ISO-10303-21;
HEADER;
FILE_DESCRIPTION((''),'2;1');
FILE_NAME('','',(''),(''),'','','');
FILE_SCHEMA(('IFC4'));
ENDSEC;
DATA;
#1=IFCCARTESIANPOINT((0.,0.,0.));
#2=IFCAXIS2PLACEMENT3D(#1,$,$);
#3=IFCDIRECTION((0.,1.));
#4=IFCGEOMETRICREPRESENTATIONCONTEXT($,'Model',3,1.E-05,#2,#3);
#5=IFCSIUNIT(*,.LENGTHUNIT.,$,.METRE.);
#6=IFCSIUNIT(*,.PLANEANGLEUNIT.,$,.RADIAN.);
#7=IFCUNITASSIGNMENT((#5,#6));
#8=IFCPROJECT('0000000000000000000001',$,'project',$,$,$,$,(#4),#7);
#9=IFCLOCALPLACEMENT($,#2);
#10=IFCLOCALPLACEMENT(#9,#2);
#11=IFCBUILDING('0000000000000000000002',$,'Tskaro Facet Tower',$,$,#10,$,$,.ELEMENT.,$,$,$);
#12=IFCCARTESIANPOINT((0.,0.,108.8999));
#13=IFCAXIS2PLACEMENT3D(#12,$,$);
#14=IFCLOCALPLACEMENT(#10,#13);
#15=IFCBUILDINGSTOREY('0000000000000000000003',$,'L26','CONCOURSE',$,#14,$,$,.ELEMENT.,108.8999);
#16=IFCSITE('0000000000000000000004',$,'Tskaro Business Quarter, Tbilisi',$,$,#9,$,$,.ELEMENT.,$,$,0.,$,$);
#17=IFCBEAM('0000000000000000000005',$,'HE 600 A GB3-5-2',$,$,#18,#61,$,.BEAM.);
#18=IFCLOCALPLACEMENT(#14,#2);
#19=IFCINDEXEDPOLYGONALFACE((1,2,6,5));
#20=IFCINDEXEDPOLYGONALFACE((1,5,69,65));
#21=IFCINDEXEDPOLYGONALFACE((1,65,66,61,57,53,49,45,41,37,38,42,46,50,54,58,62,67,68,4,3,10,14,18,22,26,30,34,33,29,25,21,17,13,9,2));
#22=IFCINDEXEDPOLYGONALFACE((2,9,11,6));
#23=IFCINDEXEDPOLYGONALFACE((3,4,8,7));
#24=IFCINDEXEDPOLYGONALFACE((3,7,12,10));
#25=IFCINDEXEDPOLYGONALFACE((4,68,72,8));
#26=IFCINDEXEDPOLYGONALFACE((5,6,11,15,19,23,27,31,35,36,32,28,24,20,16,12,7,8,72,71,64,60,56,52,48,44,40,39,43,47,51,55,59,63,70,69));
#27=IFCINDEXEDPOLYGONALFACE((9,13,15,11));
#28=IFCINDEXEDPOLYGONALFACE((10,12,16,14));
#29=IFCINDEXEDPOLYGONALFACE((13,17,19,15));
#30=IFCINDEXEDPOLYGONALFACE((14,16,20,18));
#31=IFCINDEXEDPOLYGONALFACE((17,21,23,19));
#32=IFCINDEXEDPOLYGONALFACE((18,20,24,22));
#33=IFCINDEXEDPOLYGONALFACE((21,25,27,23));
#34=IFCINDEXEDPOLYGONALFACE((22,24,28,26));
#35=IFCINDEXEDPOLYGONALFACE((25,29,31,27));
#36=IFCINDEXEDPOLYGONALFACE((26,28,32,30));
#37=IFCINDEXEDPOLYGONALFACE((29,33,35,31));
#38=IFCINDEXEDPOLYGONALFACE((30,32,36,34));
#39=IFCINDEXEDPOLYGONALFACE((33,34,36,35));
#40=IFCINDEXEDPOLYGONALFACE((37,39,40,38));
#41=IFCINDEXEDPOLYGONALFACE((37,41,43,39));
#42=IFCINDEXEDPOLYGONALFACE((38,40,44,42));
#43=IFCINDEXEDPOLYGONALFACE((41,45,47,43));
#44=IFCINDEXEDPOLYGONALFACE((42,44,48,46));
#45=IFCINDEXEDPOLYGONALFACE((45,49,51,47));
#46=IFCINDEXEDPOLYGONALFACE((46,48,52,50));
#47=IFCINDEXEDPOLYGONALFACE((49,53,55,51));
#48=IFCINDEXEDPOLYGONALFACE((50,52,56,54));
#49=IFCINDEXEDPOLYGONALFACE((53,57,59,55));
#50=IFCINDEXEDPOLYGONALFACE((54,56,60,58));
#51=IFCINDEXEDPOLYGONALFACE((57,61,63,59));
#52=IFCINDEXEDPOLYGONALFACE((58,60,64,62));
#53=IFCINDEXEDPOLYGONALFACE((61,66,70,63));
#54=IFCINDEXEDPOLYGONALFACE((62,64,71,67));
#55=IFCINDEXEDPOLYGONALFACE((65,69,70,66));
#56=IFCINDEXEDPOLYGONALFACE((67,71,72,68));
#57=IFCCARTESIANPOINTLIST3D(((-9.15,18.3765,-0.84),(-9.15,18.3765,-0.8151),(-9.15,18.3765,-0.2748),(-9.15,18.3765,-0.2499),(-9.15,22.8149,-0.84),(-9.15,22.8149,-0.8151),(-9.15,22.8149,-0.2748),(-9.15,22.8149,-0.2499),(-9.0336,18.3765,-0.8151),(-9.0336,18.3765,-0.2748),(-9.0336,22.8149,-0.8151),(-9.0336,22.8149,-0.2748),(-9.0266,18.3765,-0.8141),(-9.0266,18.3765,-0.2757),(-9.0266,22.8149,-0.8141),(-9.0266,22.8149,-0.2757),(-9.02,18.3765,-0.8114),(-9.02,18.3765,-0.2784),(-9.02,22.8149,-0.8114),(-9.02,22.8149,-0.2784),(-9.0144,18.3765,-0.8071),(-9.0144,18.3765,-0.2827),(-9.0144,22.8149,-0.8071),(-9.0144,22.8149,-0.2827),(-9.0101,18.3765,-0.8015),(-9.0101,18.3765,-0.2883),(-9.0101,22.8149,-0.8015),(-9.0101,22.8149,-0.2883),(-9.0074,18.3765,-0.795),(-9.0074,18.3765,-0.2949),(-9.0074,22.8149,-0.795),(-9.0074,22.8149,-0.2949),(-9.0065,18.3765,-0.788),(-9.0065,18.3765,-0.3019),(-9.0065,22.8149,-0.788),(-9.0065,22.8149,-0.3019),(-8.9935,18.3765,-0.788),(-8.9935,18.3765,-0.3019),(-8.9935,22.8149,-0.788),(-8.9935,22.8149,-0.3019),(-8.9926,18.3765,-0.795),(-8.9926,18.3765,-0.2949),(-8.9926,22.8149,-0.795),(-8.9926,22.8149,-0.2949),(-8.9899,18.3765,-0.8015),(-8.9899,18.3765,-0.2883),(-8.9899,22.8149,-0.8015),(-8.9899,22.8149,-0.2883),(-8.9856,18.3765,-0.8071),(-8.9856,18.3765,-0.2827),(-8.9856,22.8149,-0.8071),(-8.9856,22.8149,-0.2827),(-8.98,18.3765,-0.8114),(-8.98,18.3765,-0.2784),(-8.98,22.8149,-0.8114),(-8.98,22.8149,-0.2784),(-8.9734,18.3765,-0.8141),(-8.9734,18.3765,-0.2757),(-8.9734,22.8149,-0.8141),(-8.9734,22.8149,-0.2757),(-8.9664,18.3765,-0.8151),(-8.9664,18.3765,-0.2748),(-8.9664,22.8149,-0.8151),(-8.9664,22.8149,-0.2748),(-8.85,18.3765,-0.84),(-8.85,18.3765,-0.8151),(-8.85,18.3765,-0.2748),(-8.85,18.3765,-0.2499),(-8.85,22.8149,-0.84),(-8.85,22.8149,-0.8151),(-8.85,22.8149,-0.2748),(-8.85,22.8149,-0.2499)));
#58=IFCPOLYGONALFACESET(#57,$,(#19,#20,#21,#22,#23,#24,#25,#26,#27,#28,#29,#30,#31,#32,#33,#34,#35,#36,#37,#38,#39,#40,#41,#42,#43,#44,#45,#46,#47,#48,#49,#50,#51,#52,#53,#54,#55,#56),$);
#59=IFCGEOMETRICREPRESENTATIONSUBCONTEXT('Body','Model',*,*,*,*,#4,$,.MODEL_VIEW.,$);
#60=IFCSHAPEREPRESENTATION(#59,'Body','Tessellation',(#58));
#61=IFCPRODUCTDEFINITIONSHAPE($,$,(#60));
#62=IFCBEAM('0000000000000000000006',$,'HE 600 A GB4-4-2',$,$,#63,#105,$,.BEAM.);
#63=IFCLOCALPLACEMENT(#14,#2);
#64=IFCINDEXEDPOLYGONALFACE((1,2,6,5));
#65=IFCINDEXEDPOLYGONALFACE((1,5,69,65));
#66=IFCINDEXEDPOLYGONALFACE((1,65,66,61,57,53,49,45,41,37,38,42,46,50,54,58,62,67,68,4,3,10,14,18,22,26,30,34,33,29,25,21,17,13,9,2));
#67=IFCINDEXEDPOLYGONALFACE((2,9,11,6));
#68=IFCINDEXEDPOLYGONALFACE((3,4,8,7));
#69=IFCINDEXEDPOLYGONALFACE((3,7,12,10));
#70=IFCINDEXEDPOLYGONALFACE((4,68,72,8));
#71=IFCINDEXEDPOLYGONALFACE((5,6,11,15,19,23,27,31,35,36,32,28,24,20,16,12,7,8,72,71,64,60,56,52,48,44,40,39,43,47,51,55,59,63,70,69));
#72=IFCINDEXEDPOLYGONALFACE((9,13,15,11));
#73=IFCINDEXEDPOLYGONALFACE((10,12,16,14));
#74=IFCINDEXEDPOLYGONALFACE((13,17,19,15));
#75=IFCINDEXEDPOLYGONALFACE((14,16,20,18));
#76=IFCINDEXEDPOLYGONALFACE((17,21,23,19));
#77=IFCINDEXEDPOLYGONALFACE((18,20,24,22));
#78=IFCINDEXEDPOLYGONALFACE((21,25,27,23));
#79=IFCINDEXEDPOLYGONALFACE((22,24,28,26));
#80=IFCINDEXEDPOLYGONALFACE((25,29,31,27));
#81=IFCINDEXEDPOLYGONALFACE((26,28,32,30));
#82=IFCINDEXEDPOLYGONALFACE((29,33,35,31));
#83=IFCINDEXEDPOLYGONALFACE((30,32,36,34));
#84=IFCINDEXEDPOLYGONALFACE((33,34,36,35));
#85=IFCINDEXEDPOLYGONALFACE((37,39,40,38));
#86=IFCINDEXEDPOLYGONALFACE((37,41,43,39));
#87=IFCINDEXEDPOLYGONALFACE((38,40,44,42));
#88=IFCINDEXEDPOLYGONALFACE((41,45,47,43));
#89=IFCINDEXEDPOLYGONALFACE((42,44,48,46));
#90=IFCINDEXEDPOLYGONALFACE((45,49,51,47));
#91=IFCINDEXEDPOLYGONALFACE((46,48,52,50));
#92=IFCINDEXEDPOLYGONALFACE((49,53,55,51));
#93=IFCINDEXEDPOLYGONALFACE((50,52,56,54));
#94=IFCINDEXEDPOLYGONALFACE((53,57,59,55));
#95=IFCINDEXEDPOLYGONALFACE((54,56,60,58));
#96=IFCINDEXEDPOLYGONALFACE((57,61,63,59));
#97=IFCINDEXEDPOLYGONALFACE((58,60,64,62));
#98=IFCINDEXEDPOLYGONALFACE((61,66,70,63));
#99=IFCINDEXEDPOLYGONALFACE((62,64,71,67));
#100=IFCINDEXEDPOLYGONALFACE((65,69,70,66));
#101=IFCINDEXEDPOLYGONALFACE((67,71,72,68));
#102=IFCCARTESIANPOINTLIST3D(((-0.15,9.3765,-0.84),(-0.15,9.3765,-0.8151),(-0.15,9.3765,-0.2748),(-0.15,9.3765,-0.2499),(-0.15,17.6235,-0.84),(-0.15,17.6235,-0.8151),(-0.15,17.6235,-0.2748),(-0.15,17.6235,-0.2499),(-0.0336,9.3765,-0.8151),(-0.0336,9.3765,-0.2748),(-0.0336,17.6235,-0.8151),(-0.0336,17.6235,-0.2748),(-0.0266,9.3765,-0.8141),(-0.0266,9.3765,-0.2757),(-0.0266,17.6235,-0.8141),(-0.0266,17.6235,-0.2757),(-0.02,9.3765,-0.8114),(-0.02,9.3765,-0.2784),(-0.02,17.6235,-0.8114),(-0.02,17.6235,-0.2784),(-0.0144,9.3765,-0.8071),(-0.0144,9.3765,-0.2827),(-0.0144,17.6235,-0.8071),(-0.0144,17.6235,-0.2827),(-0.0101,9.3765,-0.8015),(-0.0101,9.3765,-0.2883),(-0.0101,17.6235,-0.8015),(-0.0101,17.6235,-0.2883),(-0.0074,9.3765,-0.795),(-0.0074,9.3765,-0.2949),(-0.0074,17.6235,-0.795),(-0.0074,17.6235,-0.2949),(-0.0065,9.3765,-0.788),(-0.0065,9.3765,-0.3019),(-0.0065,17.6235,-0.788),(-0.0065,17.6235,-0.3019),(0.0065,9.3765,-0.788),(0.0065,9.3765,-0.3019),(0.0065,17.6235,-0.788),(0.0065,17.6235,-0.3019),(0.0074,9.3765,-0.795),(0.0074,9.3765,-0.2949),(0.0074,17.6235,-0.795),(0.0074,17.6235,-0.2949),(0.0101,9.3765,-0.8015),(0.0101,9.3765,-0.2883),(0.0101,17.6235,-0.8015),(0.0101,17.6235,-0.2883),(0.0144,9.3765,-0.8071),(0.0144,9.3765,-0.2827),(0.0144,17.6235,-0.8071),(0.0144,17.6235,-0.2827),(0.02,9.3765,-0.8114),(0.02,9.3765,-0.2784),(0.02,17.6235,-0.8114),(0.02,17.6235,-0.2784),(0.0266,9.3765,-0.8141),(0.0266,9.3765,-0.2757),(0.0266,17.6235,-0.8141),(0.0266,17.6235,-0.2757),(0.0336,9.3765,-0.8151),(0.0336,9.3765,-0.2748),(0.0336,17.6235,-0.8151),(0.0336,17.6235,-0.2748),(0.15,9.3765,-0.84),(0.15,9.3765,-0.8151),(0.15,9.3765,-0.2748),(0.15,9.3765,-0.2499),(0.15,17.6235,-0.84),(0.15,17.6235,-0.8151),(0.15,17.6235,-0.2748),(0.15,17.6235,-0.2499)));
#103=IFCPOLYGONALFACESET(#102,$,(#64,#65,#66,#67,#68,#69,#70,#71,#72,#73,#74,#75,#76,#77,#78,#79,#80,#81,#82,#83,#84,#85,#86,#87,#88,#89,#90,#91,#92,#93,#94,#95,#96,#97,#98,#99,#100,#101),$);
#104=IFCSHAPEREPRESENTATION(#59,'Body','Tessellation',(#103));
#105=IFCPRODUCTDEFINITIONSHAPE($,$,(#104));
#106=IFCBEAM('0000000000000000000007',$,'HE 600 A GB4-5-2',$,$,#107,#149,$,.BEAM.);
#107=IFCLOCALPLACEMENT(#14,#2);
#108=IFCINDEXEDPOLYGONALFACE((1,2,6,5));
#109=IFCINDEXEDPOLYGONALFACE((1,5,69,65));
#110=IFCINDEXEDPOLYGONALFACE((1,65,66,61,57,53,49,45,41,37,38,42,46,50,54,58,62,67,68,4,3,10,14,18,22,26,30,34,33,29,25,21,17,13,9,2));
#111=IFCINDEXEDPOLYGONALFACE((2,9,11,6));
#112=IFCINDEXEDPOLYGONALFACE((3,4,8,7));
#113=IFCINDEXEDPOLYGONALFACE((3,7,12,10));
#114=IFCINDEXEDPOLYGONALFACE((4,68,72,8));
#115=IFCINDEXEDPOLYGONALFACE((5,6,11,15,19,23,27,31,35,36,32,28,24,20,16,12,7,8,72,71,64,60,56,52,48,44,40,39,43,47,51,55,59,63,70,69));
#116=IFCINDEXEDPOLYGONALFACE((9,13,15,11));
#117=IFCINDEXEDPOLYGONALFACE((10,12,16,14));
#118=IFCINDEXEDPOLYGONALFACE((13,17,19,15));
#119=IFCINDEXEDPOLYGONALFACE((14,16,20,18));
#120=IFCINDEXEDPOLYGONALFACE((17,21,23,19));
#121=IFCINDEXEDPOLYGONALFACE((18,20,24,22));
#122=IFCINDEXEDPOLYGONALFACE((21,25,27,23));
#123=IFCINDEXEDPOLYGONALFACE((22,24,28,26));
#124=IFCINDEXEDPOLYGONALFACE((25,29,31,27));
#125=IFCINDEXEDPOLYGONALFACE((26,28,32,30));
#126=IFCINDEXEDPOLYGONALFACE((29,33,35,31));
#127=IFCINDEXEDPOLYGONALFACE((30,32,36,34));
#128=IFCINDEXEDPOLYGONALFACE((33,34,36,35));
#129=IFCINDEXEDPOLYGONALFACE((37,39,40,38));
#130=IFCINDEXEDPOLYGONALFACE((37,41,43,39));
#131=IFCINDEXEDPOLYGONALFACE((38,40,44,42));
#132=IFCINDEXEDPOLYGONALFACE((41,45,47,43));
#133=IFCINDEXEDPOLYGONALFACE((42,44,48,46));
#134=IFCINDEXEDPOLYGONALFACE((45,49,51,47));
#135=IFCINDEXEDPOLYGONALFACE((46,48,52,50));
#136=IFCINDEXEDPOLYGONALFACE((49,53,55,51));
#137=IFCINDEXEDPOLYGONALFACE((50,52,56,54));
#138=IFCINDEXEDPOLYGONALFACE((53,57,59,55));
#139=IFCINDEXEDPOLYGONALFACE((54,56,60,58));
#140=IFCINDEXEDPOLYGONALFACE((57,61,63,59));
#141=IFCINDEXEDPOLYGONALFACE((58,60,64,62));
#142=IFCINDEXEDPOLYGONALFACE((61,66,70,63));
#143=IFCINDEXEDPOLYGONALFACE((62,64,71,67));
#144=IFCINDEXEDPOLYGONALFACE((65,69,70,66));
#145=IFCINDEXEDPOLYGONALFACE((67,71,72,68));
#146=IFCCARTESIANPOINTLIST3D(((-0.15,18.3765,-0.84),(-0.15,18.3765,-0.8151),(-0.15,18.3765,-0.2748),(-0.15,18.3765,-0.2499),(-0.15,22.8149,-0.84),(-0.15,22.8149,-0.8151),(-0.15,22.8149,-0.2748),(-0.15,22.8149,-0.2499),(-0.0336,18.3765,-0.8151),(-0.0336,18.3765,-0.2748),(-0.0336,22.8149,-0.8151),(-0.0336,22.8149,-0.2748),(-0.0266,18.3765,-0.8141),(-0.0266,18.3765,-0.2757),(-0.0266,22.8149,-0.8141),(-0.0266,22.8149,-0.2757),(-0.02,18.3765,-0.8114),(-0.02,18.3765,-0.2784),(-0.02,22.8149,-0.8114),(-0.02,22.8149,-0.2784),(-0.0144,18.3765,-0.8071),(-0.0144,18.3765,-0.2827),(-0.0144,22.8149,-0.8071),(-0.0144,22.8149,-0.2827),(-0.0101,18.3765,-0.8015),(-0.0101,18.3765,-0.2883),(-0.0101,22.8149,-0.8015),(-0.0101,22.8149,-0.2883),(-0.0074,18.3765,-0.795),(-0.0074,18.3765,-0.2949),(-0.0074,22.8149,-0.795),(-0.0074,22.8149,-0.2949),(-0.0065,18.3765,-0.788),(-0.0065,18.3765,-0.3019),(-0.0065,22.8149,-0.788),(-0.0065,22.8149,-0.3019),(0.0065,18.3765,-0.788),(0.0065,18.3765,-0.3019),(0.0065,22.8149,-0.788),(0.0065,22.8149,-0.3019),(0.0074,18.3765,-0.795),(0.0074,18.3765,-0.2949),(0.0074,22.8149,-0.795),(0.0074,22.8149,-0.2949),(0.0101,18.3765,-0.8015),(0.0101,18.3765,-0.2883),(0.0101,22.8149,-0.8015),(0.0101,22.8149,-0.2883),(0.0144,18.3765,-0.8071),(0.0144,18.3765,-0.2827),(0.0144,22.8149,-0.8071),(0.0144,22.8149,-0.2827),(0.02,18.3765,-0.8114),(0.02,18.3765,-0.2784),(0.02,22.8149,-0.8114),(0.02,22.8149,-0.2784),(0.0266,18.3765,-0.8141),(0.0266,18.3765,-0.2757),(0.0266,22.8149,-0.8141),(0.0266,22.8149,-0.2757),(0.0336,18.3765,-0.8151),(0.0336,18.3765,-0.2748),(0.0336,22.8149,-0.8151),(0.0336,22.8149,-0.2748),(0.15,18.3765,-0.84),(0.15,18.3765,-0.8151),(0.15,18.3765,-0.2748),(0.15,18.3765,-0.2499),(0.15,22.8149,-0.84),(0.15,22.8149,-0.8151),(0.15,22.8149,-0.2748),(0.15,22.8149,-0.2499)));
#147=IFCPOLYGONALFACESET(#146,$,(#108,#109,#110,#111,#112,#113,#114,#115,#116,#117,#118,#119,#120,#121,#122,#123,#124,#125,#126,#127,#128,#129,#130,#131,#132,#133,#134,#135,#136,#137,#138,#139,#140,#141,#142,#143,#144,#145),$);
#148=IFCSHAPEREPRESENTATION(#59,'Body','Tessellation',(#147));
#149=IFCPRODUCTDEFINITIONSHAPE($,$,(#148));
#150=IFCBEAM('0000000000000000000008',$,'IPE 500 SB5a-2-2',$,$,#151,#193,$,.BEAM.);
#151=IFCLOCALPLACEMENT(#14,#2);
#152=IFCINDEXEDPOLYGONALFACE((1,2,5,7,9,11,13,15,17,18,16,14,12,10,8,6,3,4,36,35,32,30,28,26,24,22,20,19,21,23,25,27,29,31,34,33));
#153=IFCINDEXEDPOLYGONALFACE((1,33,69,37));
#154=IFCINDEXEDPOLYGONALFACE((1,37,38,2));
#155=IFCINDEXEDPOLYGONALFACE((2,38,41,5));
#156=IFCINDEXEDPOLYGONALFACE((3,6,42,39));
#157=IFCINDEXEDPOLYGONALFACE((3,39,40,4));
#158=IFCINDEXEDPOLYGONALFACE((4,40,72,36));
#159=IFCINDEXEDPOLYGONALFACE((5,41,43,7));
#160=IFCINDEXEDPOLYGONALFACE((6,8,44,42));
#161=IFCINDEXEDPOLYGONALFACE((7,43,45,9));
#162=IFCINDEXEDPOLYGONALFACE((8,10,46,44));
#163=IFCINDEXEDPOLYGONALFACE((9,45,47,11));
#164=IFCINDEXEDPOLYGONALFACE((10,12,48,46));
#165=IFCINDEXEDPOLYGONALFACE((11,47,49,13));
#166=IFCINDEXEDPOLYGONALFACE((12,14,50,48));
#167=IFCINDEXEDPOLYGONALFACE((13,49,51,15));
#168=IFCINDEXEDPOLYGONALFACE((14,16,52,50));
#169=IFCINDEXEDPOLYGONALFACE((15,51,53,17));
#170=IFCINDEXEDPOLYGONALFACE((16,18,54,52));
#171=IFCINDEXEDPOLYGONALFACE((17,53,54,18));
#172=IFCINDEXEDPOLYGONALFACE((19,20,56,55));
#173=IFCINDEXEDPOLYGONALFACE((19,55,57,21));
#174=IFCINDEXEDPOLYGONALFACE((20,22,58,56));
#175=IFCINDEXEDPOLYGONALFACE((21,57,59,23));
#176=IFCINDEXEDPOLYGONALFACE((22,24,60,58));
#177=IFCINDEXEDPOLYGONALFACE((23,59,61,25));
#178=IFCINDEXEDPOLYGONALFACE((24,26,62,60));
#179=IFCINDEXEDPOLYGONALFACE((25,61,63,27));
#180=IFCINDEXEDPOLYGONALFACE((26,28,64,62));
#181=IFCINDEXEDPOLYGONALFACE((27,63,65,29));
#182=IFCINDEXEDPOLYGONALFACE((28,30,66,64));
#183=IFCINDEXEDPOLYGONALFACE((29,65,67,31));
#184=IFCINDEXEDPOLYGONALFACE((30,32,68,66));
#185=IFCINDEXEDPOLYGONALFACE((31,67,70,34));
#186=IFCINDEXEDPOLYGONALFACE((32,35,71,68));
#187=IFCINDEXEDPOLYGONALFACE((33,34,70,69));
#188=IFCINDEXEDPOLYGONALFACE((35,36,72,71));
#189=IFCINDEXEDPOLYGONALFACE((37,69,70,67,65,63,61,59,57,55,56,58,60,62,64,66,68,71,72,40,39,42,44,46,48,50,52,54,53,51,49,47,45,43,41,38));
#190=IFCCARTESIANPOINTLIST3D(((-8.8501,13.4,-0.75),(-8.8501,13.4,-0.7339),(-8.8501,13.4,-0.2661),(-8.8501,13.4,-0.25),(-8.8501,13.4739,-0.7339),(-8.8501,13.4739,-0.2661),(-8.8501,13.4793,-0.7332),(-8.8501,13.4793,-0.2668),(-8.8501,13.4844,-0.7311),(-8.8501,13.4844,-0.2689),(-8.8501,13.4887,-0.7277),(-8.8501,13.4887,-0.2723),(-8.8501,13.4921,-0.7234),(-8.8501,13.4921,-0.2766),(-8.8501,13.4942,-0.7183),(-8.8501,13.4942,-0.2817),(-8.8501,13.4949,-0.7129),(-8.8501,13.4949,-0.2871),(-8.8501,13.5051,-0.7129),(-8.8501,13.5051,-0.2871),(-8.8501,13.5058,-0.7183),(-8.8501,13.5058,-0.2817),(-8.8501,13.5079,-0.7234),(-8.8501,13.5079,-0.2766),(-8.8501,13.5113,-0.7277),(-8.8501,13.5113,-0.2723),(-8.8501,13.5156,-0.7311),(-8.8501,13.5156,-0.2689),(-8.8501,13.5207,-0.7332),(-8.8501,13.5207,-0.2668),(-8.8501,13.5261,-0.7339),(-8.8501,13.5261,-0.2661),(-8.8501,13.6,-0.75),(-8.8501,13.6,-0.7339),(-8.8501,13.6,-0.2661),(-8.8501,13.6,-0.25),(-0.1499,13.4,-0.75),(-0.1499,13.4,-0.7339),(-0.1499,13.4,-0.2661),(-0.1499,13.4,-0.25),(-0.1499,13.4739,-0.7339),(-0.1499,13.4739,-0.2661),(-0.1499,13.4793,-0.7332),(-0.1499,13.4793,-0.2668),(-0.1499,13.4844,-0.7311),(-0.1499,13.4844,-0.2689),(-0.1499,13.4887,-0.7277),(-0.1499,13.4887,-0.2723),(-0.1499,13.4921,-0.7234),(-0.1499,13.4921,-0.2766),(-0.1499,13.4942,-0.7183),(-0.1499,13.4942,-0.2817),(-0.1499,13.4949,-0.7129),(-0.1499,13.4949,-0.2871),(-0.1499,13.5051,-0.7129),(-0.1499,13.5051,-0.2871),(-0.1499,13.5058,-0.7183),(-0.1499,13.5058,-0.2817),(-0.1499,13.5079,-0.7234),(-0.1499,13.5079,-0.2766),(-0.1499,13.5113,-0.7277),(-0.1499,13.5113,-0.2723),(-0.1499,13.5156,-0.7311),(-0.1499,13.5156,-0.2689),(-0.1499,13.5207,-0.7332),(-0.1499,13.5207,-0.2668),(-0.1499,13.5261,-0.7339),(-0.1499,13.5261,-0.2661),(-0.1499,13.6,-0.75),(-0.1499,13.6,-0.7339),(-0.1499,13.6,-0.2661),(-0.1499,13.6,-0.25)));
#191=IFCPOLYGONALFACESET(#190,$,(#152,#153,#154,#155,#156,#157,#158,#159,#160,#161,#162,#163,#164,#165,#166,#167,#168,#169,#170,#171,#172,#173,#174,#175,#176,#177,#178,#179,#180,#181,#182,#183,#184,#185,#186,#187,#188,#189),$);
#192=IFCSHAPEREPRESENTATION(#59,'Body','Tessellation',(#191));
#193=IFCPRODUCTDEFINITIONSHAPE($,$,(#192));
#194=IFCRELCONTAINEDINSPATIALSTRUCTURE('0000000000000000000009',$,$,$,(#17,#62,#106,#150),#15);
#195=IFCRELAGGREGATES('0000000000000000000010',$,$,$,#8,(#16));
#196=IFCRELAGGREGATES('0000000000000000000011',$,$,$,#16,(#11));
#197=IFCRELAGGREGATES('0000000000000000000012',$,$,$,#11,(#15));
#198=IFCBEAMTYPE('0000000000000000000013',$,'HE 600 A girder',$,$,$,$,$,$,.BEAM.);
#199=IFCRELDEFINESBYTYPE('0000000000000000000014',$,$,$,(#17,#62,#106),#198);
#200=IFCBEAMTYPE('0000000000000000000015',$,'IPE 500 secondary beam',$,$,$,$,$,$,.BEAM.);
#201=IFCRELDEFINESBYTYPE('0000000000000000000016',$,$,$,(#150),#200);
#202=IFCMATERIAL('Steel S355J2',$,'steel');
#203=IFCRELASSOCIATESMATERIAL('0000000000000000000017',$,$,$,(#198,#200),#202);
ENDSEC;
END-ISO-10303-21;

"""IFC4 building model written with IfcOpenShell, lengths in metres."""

from ifc_helpers import new_model, si_unit, direction, frame, origin, origin_2d, place, context, subcontext, project, spatial, i_section, extrude, material, material_profile, profile_set, type_object, element, save


model = new_model("IFC4")

# Units and contexts
model_context = context("Model", 3, precision=1e-05, world=origin(), true_north=direction((0.0, 1.0)))
body_context = subcontext(model_context, "Body", "Model", "MODEL_VIEW")
ifc_project = project(units=[si_unit("LENGTHUNIT", "METRE"), si_unit("PLANEANGLEUNIT", "RADIAN")], contexts=[model_context])

# Site, building, storey
site_placement = place(None, origin())
site = spatial("IfcSite", under=ifc_project, at=site_placement, Name="Tskaro Business Quarter, Tbilisi", CompositionType="ELEMENT", RefElevation=0.0)
building_placement = place(site_placement, origin())
building = spatial("IfcBuilding", under=site, at=building_placement, Name="Tskaro Facet Tower", CompositionType="ELEMENT")
storey_placement = place(building_placement, frame((0.0, 0.0, 108.8999)))
storey = spatial("IfcBuildingStorey", under=building, at=storey_placement, Name="L26", Description="CONCOURSE", CompositionType="ELEMENT", Elevation=108.8999)

# Beams
ifc_material_1 = material(Name="Steel S355J2", Category="steel")
ifc_material_profile_1 = material_profile(ifc_material_1, i_section(OverallWidth=0.3, OverallDepth=0.5901, WebThickness=0.0129, FlangeThickness=0.0249, FilletRadius=0.0271, at=origin_2d()), Name="HE 600 A")
ifc_profile_set_1 = profile_set([ifc_material_profile_1], Name="Steel S355J2")
beam_type_1 = type_object("IfcBeamType", Name="HE 600 A girder", PredefinedType="BEAM", material=ifc_profile_set_1)
beam_1_placement = place(storey_placement, frame((-9.0, 18.3765, -0.5449), z_axis=(0.0, 1.0, 0.0), x_axis=(-1.0, 0.0, 0.0)))
element("IfcBeam", 1, at=beam_1_placement, inside=storey, type_object=beam_type_1, Name="HE 600 A GB3-5-2", PredefinedType="BEAM", context=body_context, shape_type="SweptSolid", body=[
    extrude(i_section(OverallWidth=0.3, OverallDepth=0.5901, WebThickness=0.0129, FlangeThickness=0.0249, FilletRadius=0.0271, at=origin_2d()), origin(), (0.0, 0.0, 1.0), 4.4385),
])
beam_2_placement = place(storey_placement, frame((0.0, 9.3765, -0.5449), z_axis=(0.0, 1.0, 0.0), x_axis=(-1.0, 0.0, 0.0)))
element("IfcBeam", 2, at=beam_2_placement, inside=storey, type_object=beam_type_1, Name="HE 600 A GB4-4-2", PredefinedType="BEAM", context=body_context, shape_type="SweptSolid", body=[
    extrude(i_section(OverallWidth=0.3, OverallDepth=0.5901, WebThickness=0.0129, FlangeThickness=0.0249, FilletRadius=0.0271, at=origin_2d()), origin(), (0.0, 0.0, 1.0), 8.2471),
])
beam_3_placement = place(storey_placement, frame((0.0, 18.3765, -0.5449), z_axis=(0.0, 1.0, 0.0), x_axis=(-1.0, 0.0, 0.0)))
element("IfcBeam", 3, at=beam_3_placement, inside=storey, type_object=beam_type_1, Name="HE 600 A GB4-5-2", PredefinedType="BEAM", context=body_context, shape_type="SweptSolid", body=[
    extrude(i_section(OverallWidth=0.3, OverallDepth=0.5901, WebThickness=0.0129, FlangeThickness=0.0249, FilletRadius=0.0271, at=origin_2d()), origin(), (0.0, 0.0, 1.0), 4.4385),
])
ifc_material_profile_2 = material_profile(ifc_material_1, i_section(OverallWidth=0.2, OverallDepth=0.5, WebThickness=0.0103, FlangeThickness=0.0161, FilletRadius=0.021, at=origin_2d()), Name="IPE 500")
ifc_profile_set_2 = profile_set([ifc_material_profile_2], Name="Steel S355J2")
beam_type_2 = type_object("IfcBeamType", Name="IPE 500 secondary beam", PredefinedType="BEAM", material=ifc_profile_set_2)
for number, where, z_axis, x_axis, name in (
    (4, (-8.8501, 13.5, -0.5), (1.0, 0.0, 0.0), (0.0, 1.0, 0.0), "IPE 500 SB5a-2-2"),
):
    element("IfcBeam", number, at=place(storey_placement, frame(where, z_axis=z_axis, x_axis=x_axis)), inside=storey, type_object=beam_type_2, Name=name, PredefinedType="BEAM", context=body_context, shape_type="SweptSolid", body=[
        extrude(i_section(OverallWidth=0.2, OverallDepth=0.5, WebThickness=0.0103, FlangeThickness=0.0161, FilletRadius=0.021, at=origin_2d()), origin(), (0.0, 0.0, 1.0), 8.7002),
    ])

save(model, "model.ifc")
